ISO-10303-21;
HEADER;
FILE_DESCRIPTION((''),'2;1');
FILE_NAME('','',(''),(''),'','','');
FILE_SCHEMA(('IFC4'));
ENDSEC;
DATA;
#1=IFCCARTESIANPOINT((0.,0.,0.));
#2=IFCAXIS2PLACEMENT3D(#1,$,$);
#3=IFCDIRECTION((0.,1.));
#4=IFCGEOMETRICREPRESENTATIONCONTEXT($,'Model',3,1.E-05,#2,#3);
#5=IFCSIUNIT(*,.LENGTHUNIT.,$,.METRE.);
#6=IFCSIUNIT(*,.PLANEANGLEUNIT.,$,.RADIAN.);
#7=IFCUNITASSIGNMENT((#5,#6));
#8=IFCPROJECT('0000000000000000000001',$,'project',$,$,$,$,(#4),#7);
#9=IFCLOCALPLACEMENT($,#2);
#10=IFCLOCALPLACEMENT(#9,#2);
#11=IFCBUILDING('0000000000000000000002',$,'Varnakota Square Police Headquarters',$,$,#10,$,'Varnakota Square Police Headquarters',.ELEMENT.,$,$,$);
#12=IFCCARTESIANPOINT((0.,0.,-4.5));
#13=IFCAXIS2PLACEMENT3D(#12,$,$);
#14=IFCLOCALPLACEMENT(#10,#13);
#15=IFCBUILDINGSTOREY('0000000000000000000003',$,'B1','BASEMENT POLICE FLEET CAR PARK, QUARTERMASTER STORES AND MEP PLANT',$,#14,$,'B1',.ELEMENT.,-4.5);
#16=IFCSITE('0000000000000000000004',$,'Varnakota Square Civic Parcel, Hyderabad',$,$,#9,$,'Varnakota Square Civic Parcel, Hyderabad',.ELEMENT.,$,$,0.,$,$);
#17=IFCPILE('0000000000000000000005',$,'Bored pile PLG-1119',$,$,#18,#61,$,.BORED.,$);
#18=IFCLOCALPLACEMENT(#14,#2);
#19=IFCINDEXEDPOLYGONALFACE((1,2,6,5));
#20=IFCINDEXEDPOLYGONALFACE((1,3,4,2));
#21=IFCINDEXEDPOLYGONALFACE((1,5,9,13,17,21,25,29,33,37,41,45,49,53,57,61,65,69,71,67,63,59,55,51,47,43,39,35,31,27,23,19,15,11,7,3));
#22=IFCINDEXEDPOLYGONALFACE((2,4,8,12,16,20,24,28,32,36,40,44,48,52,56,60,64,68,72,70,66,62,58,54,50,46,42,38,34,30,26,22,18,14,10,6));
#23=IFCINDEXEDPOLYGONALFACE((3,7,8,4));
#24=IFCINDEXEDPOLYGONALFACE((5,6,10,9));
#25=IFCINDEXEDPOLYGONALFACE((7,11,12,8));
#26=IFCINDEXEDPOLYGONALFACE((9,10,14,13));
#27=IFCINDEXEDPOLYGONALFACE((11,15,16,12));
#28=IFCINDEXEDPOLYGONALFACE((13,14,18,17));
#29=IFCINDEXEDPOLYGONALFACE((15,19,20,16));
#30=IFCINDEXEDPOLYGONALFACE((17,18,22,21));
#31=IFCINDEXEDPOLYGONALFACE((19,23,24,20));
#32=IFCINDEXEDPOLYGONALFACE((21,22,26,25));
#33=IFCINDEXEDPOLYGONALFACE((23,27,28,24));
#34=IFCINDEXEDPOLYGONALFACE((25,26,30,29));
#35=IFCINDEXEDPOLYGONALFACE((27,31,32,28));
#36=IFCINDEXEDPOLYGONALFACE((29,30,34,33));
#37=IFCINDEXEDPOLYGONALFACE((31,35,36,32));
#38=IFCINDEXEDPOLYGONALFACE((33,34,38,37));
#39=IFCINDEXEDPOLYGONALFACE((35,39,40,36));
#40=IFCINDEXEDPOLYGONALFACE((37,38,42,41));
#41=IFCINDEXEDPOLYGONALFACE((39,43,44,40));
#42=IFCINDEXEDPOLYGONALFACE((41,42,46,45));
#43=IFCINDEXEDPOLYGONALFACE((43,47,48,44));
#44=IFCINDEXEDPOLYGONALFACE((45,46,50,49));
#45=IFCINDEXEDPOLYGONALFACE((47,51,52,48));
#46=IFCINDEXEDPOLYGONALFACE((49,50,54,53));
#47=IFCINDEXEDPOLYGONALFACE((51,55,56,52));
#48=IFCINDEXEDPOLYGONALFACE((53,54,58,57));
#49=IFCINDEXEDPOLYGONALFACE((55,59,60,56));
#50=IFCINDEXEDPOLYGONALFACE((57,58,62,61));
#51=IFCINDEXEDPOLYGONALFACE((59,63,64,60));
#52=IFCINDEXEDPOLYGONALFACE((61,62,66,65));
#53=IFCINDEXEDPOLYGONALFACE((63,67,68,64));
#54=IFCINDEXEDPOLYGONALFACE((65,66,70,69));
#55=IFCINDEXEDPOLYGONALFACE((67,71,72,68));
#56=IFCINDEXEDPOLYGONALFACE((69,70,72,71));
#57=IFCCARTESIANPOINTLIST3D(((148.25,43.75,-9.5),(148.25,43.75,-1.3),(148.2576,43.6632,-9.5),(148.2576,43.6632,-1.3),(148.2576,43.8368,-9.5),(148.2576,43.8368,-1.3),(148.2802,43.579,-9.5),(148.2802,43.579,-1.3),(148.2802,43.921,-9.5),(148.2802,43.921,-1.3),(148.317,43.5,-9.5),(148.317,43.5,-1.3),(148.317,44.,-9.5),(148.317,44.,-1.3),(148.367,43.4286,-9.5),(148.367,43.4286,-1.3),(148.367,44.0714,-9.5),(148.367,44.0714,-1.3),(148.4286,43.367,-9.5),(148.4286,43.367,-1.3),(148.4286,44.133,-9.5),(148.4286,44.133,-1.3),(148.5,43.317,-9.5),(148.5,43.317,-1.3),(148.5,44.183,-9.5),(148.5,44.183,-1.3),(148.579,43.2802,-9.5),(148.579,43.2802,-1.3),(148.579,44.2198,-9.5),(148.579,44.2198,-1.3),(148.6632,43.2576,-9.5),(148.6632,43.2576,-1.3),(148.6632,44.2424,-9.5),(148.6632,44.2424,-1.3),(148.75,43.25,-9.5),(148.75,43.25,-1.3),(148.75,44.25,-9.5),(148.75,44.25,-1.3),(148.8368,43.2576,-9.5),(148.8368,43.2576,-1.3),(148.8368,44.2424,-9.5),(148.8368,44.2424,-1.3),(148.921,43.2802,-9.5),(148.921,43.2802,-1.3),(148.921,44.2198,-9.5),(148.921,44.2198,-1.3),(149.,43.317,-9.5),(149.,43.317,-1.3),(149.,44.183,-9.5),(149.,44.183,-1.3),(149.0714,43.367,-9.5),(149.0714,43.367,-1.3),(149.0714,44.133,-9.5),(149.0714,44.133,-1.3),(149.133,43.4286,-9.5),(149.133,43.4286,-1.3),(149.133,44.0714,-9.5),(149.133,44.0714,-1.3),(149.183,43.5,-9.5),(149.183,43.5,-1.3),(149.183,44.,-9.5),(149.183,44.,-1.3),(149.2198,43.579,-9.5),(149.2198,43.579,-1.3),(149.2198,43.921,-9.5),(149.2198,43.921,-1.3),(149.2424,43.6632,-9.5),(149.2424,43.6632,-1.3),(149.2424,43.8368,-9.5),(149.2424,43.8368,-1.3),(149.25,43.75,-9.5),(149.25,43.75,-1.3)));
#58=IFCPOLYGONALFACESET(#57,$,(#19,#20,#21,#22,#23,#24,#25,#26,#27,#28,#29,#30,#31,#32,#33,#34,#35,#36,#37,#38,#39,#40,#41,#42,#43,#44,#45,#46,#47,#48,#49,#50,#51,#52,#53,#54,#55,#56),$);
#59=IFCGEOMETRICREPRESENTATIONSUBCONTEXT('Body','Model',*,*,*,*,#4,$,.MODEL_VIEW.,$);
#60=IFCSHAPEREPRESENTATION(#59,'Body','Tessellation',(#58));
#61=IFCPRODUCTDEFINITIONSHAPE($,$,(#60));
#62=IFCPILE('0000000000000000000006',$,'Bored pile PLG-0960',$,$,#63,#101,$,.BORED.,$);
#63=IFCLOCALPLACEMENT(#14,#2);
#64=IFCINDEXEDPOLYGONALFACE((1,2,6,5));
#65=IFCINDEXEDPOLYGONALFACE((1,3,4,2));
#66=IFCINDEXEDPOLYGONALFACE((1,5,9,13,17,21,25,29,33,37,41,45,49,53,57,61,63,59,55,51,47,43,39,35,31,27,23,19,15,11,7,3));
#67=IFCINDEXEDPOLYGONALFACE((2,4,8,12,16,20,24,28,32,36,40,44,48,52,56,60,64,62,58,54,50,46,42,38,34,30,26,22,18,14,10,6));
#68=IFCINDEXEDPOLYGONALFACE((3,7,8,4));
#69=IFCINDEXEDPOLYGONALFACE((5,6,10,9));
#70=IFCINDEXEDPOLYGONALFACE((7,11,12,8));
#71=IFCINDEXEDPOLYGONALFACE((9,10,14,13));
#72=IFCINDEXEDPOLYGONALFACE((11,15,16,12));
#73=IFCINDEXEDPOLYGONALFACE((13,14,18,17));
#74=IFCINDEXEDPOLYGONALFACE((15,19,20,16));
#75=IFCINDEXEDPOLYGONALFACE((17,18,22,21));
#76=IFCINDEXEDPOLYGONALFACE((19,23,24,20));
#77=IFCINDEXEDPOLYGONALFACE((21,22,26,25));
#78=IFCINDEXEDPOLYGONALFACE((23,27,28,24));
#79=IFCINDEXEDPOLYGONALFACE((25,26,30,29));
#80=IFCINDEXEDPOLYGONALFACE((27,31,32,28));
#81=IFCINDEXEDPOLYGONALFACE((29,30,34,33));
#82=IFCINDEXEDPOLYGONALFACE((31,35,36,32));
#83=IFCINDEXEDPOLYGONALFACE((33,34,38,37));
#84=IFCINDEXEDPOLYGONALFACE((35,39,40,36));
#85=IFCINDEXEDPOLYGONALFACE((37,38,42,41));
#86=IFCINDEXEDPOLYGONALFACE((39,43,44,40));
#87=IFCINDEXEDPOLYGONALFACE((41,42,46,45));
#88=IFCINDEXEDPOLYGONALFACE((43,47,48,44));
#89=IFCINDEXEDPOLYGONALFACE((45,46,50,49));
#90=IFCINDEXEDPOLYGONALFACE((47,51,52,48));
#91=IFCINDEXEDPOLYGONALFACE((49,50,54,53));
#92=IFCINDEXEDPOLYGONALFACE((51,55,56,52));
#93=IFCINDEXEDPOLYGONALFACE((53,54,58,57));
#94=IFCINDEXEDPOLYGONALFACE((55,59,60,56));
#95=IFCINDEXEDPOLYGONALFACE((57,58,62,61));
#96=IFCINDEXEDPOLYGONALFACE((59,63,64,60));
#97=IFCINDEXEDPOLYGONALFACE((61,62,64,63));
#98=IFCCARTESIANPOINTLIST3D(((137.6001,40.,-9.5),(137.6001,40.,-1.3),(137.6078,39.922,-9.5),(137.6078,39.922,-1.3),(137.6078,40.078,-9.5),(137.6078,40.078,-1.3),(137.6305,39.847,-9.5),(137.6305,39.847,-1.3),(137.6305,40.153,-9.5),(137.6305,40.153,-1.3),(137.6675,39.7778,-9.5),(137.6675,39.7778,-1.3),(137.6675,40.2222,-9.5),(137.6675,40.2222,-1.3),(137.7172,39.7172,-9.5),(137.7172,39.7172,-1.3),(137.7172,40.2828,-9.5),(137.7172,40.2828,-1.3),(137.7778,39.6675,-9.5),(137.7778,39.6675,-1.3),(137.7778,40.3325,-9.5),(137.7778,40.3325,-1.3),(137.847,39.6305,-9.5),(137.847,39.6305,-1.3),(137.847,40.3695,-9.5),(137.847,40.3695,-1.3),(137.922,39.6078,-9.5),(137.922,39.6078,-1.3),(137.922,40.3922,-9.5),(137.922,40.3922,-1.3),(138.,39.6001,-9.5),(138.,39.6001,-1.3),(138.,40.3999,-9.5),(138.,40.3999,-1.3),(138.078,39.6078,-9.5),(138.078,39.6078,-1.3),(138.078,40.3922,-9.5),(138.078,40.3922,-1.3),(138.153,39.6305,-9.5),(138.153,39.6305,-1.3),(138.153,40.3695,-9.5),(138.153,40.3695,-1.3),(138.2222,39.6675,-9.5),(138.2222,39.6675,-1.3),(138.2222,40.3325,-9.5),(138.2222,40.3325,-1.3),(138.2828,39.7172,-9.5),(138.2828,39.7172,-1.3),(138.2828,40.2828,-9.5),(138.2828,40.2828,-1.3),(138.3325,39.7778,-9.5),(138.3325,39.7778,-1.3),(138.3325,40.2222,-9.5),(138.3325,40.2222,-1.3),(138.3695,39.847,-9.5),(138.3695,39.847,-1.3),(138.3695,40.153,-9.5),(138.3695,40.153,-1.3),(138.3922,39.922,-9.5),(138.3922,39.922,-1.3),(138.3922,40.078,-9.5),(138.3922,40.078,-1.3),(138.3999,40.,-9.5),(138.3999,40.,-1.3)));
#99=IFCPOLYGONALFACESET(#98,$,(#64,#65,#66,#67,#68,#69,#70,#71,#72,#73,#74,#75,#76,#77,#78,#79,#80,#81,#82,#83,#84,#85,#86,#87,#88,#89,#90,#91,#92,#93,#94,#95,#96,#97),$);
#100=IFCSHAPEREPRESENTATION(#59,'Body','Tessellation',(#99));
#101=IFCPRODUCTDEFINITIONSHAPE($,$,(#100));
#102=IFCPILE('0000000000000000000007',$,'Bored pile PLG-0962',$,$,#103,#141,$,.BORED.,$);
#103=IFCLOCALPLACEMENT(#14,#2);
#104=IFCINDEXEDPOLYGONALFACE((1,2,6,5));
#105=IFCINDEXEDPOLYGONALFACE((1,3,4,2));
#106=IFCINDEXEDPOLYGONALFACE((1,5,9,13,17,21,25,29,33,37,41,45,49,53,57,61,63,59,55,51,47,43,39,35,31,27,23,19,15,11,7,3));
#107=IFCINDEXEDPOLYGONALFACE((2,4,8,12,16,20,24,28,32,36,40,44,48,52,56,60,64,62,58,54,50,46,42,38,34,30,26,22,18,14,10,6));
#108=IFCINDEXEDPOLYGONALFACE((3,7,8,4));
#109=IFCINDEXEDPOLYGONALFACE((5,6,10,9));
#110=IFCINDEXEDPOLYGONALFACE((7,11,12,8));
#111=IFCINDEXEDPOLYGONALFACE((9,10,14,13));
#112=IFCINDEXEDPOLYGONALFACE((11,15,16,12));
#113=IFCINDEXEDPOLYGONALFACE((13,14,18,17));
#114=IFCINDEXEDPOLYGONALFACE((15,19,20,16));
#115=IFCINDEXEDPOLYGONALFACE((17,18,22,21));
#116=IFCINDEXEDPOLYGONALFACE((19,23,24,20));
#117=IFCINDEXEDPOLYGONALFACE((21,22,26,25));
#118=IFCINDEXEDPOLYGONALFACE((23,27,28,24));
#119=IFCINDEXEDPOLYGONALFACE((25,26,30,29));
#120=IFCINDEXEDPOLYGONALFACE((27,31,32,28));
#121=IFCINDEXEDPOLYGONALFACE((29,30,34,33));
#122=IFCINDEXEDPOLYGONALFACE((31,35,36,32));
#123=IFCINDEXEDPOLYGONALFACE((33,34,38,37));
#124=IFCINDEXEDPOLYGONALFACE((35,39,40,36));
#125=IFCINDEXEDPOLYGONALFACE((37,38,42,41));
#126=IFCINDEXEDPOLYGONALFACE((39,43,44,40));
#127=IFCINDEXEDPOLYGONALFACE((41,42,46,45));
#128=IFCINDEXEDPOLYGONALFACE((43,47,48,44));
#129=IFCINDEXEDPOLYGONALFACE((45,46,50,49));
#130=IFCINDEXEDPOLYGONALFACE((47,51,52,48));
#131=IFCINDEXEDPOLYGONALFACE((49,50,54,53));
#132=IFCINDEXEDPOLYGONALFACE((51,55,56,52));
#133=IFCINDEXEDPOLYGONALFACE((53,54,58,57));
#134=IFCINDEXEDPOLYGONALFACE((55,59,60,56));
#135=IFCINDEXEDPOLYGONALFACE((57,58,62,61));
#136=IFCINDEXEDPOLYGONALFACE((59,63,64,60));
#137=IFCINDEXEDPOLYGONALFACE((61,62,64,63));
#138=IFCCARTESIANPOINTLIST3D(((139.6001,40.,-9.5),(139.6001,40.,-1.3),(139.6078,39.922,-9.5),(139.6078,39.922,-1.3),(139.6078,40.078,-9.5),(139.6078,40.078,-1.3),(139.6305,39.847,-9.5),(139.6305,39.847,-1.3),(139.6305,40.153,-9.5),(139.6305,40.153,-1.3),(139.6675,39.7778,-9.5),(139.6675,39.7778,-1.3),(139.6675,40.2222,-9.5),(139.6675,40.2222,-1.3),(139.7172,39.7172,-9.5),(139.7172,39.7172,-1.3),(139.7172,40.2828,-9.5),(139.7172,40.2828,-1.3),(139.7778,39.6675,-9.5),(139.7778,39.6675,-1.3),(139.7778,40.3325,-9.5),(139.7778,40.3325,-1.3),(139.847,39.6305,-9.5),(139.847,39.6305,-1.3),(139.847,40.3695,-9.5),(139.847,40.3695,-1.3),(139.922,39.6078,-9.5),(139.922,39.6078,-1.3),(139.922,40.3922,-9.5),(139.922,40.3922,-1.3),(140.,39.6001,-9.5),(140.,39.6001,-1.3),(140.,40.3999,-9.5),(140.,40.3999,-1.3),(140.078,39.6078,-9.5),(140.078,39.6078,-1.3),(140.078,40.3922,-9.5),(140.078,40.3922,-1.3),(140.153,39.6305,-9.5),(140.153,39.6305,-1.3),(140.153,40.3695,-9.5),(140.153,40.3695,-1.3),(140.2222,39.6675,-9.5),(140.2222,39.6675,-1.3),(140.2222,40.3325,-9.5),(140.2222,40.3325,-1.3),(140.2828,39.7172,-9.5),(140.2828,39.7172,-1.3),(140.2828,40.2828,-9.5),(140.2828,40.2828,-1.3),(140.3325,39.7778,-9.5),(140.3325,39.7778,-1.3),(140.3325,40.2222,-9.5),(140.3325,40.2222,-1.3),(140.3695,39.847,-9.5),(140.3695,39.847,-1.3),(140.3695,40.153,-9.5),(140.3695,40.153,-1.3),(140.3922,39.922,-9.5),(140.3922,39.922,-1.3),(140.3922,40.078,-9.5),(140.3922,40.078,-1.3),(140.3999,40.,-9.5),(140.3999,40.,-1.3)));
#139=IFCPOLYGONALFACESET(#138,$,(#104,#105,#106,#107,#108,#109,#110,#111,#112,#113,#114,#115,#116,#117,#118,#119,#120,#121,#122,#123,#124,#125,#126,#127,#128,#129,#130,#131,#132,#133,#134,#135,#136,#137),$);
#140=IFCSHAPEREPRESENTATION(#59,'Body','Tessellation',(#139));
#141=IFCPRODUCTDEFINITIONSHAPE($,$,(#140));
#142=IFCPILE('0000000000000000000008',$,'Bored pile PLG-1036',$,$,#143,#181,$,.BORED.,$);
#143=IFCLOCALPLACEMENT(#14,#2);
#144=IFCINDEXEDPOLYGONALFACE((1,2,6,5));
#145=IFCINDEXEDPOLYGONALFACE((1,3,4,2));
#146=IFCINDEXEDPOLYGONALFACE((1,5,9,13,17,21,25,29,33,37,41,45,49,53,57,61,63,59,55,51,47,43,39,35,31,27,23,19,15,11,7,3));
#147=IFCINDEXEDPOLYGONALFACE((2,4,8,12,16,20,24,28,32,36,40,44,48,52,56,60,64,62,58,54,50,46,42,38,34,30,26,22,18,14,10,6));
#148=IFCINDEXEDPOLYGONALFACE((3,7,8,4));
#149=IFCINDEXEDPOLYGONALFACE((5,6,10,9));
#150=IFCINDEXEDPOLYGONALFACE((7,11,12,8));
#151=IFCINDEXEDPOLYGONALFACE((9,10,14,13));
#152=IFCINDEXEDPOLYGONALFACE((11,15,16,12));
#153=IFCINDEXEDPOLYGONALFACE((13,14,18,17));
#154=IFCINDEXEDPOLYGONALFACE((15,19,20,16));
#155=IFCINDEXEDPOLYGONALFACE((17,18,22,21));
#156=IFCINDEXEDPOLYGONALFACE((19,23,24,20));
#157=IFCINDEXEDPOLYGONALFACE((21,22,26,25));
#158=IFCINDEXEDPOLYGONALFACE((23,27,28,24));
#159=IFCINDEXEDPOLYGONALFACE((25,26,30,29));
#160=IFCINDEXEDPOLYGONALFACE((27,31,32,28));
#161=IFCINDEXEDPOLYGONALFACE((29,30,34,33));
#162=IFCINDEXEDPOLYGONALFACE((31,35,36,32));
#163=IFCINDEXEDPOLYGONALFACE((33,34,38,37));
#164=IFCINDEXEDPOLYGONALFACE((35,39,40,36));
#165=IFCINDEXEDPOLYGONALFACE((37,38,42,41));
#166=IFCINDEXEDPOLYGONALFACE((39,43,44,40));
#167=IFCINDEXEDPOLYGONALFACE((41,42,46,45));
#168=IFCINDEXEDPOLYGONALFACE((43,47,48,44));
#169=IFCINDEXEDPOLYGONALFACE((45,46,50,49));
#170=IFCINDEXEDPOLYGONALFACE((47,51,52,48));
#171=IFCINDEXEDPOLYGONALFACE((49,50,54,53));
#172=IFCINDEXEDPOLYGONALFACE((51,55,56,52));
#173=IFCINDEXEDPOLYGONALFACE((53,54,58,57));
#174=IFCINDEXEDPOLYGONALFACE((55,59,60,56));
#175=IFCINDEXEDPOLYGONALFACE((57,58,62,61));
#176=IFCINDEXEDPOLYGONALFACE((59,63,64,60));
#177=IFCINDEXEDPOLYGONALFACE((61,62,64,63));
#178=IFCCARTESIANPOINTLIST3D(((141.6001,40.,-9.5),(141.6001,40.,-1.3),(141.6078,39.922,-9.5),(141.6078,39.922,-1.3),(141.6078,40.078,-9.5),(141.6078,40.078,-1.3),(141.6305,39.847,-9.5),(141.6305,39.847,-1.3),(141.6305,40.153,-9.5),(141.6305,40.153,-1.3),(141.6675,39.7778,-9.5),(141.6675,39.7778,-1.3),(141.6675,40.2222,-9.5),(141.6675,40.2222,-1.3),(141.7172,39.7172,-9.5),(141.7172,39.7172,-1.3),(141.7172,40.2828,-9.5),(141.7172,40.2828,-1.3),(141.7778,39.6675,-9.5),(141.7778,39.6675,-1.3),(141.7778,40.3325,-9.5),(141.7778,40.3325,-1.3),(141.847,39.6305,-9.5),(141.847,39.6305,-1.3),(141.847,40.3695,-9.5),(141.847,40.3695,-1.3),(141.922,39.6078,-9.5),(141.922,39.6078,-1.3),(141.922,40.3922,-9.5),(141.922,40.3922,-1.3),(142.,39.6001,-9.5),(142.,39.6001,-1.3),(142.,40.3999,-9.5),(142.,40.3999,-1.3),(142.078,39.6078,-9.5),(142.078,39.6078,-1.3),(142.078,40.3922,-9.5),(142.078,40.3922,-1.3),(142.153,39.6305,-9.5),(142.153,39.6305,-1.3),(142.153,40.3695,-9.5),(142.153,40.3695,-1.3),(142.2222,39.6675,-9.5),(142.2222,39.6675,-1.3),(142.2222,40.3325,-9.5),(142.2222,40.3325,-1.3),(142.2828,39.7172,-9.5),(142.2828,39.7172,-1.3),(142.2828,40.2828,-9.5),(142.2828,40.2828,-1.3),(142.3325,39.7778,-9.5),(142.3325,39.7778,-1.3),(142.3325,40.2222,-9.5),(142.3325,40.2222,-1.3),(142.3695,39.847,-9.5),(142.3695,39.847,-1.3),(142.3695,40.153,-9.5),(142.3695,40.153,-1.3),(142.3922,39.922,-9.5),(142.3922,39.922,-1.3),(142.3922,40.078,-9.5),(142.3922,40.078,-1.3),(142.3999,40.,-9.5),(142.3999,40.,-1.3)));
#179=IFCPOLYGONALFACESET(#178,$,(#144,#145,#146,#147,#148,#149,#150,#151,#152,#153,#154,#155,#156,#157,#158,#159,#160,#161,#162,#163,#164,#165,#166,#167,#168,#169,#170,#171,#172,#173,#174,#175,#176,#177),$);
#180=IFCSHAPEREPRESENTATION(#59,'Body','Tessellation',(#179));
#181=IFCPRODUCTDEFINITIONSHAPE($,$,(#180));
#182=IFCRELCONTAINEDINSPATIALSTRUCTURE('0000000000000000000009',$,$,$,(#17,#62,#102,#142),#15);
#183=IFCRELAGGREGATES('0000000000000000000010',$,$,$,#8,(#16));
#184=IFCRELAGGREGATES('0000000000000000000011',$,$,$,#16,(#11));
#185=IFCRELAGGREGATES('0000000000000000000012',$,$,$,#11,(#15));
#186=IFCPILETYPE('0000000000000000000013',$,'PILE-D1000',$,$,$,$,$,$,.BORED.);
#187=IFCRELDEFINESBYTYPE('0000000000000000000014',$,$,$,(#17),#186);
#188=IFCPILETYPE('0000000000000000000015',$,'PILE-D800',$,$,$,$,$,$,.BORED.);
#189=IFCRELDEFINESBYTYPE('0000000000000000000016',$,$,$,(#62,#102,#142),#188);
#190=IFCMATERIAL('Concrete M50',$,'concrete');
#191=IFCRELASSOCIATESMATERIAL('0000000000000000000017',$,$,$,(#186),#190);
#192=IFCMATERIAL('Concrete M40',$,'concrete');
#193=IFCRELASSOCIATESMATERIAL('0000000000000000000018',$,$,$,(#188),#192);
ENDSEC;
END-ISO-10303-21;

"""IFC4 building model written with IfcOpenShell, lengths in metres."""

from ifc_helpers import new_model, si_unit, direction, frame, origin, origin_2d, place, context, subcontext, project, spatial, circle, extrude, material, material_profile, profile_set, type_object, element, save


model = new_model("IFC4")

# Units and contexts
model_context = context("Model", 3, precision=1e-05, world=origin(), true_north=direction((0.0, 1.0)))
body_context = subcontext(model_context, "Body", "Model", "MODEL_VIEW")
ifc_project = project(units=[si_unit("LENGTHUNIT", "METRE"), si_unit("PLANEANGLEUNIT", "RADIAN")], contexts=[model_context])

# Site, building, storey
site_placement = place(None, origin())
site = spatial("IfcSite", under=ifc_project, at=site_placement, Name="Varnakota Square Civic Parcel, Hyderabad", LongName="Varnakota Square Civic Parcel, Hyderabad", CompositionType="ELEMENT", RefElevation=0.0)
building_placement = place(site_placement, origin())
building = spatial("IfcBuilding", under=site, at=building_placement, Name="Varnakota Square Police Headquarters", LongName="Varnakota Square Police Headquarters", CompositionType="ELEMENT")
storey_placement = place(building_placement, frame((0.0, 0.0, -4.5)))
storey = spatial("IfcBuildingStorey", under=building, at=storey_placement, Name="B1", Description="BASEMENT POLICE FLEET CAR PARK, QUARTERMASTER STORES AND MEP PLANT", LongName="B1", CompositionType="ELEMENT", Elevation=-4.5)

# Shared definitions
ifc_material_1 = material(Name="Concrete M40", Category="concrete")
ifc_material_2 = material(Name="Concrete M50", Category="concrete")

# Piles
ifc_material_profile_1 = material_profile(ifc_material_2, circle(Radius=0.5, at=origin_2d()), Name="BORED PILE 1000")
ifc_profile_set_1 = profile_set([ifc_material_profile_1], Name="Concrete M50")
pile_type_1 = type_object("IfcPileType", Name="PILE-D1000", PredefinedType="BORED", material=ifc_profile_set_1)
for number, where, z_axis, x_axis, name in (
    (1, (148.75, 43.75, -1.3), (0.0, 0.0, -1.0), (1.0, 0.0, 0.0), "Bored pile PLG-1119"),
):
    element("IfcPile", number, at=place(storey_placement, frame(where, z_axis=z_axis, x_axis=x_axis)), inside=storey, type_object=pile_type_1, Name=name, PredefinedType="BORED", context=body_context, shape_type="SweptSolid", body=[
        extrude(circle(Radius=0.5, at=origin_2d()), origin(), (0.0, 0.0, 1.0), 8.2),
    ])
ifc_material_profile_2 = material_profile(ifc_material_1, circle(Radius=0.3999, at=origin_2d()), Name="BORED PILE 800")
ifc_profile_set_2 = profile_set([ifc_material_profile_2], Name="Concrete M40")
pile_type_2 = type_object("IfcPileType", Name="PILE-D800", PredefinedType="BORED", material=ifc_profile_set_2)
for number, where, z_axis, x_axis, name in (
    (2, (138.0, 40.0, -1.3), (0.0, 0.0, -1.0), (1.0, 0.0, 0.0), "Bored pile PLG-0960"),
    (3, (140.0, 40.0, -1.3), (0.0, 0.0, -1.0), (1.0, 0.0, 0.0), "Bored pile PLG-0962"),
    (4, (142.0, 40.0, -1.3), (0.0, 0.0, -1.0), (1.0, 0.0, 0.0), "Bored pile PLG-1036"),
):
    element("IfcPile", number, at=place(storey_placement, frame(where, z_axis=z_axis, x_axis=x_axis)), inside=storey, type_object=pile_type_2, Name=name, PredefinedType="BORED", context=body_context, shape_type="SweptSolid", body=[
        extrude(circle(Radius=0.3999, at=origin_2d()), origin(), (0.0, 0.0, 1.0), 8.2),
    ])

save(model, "model.ifc")
